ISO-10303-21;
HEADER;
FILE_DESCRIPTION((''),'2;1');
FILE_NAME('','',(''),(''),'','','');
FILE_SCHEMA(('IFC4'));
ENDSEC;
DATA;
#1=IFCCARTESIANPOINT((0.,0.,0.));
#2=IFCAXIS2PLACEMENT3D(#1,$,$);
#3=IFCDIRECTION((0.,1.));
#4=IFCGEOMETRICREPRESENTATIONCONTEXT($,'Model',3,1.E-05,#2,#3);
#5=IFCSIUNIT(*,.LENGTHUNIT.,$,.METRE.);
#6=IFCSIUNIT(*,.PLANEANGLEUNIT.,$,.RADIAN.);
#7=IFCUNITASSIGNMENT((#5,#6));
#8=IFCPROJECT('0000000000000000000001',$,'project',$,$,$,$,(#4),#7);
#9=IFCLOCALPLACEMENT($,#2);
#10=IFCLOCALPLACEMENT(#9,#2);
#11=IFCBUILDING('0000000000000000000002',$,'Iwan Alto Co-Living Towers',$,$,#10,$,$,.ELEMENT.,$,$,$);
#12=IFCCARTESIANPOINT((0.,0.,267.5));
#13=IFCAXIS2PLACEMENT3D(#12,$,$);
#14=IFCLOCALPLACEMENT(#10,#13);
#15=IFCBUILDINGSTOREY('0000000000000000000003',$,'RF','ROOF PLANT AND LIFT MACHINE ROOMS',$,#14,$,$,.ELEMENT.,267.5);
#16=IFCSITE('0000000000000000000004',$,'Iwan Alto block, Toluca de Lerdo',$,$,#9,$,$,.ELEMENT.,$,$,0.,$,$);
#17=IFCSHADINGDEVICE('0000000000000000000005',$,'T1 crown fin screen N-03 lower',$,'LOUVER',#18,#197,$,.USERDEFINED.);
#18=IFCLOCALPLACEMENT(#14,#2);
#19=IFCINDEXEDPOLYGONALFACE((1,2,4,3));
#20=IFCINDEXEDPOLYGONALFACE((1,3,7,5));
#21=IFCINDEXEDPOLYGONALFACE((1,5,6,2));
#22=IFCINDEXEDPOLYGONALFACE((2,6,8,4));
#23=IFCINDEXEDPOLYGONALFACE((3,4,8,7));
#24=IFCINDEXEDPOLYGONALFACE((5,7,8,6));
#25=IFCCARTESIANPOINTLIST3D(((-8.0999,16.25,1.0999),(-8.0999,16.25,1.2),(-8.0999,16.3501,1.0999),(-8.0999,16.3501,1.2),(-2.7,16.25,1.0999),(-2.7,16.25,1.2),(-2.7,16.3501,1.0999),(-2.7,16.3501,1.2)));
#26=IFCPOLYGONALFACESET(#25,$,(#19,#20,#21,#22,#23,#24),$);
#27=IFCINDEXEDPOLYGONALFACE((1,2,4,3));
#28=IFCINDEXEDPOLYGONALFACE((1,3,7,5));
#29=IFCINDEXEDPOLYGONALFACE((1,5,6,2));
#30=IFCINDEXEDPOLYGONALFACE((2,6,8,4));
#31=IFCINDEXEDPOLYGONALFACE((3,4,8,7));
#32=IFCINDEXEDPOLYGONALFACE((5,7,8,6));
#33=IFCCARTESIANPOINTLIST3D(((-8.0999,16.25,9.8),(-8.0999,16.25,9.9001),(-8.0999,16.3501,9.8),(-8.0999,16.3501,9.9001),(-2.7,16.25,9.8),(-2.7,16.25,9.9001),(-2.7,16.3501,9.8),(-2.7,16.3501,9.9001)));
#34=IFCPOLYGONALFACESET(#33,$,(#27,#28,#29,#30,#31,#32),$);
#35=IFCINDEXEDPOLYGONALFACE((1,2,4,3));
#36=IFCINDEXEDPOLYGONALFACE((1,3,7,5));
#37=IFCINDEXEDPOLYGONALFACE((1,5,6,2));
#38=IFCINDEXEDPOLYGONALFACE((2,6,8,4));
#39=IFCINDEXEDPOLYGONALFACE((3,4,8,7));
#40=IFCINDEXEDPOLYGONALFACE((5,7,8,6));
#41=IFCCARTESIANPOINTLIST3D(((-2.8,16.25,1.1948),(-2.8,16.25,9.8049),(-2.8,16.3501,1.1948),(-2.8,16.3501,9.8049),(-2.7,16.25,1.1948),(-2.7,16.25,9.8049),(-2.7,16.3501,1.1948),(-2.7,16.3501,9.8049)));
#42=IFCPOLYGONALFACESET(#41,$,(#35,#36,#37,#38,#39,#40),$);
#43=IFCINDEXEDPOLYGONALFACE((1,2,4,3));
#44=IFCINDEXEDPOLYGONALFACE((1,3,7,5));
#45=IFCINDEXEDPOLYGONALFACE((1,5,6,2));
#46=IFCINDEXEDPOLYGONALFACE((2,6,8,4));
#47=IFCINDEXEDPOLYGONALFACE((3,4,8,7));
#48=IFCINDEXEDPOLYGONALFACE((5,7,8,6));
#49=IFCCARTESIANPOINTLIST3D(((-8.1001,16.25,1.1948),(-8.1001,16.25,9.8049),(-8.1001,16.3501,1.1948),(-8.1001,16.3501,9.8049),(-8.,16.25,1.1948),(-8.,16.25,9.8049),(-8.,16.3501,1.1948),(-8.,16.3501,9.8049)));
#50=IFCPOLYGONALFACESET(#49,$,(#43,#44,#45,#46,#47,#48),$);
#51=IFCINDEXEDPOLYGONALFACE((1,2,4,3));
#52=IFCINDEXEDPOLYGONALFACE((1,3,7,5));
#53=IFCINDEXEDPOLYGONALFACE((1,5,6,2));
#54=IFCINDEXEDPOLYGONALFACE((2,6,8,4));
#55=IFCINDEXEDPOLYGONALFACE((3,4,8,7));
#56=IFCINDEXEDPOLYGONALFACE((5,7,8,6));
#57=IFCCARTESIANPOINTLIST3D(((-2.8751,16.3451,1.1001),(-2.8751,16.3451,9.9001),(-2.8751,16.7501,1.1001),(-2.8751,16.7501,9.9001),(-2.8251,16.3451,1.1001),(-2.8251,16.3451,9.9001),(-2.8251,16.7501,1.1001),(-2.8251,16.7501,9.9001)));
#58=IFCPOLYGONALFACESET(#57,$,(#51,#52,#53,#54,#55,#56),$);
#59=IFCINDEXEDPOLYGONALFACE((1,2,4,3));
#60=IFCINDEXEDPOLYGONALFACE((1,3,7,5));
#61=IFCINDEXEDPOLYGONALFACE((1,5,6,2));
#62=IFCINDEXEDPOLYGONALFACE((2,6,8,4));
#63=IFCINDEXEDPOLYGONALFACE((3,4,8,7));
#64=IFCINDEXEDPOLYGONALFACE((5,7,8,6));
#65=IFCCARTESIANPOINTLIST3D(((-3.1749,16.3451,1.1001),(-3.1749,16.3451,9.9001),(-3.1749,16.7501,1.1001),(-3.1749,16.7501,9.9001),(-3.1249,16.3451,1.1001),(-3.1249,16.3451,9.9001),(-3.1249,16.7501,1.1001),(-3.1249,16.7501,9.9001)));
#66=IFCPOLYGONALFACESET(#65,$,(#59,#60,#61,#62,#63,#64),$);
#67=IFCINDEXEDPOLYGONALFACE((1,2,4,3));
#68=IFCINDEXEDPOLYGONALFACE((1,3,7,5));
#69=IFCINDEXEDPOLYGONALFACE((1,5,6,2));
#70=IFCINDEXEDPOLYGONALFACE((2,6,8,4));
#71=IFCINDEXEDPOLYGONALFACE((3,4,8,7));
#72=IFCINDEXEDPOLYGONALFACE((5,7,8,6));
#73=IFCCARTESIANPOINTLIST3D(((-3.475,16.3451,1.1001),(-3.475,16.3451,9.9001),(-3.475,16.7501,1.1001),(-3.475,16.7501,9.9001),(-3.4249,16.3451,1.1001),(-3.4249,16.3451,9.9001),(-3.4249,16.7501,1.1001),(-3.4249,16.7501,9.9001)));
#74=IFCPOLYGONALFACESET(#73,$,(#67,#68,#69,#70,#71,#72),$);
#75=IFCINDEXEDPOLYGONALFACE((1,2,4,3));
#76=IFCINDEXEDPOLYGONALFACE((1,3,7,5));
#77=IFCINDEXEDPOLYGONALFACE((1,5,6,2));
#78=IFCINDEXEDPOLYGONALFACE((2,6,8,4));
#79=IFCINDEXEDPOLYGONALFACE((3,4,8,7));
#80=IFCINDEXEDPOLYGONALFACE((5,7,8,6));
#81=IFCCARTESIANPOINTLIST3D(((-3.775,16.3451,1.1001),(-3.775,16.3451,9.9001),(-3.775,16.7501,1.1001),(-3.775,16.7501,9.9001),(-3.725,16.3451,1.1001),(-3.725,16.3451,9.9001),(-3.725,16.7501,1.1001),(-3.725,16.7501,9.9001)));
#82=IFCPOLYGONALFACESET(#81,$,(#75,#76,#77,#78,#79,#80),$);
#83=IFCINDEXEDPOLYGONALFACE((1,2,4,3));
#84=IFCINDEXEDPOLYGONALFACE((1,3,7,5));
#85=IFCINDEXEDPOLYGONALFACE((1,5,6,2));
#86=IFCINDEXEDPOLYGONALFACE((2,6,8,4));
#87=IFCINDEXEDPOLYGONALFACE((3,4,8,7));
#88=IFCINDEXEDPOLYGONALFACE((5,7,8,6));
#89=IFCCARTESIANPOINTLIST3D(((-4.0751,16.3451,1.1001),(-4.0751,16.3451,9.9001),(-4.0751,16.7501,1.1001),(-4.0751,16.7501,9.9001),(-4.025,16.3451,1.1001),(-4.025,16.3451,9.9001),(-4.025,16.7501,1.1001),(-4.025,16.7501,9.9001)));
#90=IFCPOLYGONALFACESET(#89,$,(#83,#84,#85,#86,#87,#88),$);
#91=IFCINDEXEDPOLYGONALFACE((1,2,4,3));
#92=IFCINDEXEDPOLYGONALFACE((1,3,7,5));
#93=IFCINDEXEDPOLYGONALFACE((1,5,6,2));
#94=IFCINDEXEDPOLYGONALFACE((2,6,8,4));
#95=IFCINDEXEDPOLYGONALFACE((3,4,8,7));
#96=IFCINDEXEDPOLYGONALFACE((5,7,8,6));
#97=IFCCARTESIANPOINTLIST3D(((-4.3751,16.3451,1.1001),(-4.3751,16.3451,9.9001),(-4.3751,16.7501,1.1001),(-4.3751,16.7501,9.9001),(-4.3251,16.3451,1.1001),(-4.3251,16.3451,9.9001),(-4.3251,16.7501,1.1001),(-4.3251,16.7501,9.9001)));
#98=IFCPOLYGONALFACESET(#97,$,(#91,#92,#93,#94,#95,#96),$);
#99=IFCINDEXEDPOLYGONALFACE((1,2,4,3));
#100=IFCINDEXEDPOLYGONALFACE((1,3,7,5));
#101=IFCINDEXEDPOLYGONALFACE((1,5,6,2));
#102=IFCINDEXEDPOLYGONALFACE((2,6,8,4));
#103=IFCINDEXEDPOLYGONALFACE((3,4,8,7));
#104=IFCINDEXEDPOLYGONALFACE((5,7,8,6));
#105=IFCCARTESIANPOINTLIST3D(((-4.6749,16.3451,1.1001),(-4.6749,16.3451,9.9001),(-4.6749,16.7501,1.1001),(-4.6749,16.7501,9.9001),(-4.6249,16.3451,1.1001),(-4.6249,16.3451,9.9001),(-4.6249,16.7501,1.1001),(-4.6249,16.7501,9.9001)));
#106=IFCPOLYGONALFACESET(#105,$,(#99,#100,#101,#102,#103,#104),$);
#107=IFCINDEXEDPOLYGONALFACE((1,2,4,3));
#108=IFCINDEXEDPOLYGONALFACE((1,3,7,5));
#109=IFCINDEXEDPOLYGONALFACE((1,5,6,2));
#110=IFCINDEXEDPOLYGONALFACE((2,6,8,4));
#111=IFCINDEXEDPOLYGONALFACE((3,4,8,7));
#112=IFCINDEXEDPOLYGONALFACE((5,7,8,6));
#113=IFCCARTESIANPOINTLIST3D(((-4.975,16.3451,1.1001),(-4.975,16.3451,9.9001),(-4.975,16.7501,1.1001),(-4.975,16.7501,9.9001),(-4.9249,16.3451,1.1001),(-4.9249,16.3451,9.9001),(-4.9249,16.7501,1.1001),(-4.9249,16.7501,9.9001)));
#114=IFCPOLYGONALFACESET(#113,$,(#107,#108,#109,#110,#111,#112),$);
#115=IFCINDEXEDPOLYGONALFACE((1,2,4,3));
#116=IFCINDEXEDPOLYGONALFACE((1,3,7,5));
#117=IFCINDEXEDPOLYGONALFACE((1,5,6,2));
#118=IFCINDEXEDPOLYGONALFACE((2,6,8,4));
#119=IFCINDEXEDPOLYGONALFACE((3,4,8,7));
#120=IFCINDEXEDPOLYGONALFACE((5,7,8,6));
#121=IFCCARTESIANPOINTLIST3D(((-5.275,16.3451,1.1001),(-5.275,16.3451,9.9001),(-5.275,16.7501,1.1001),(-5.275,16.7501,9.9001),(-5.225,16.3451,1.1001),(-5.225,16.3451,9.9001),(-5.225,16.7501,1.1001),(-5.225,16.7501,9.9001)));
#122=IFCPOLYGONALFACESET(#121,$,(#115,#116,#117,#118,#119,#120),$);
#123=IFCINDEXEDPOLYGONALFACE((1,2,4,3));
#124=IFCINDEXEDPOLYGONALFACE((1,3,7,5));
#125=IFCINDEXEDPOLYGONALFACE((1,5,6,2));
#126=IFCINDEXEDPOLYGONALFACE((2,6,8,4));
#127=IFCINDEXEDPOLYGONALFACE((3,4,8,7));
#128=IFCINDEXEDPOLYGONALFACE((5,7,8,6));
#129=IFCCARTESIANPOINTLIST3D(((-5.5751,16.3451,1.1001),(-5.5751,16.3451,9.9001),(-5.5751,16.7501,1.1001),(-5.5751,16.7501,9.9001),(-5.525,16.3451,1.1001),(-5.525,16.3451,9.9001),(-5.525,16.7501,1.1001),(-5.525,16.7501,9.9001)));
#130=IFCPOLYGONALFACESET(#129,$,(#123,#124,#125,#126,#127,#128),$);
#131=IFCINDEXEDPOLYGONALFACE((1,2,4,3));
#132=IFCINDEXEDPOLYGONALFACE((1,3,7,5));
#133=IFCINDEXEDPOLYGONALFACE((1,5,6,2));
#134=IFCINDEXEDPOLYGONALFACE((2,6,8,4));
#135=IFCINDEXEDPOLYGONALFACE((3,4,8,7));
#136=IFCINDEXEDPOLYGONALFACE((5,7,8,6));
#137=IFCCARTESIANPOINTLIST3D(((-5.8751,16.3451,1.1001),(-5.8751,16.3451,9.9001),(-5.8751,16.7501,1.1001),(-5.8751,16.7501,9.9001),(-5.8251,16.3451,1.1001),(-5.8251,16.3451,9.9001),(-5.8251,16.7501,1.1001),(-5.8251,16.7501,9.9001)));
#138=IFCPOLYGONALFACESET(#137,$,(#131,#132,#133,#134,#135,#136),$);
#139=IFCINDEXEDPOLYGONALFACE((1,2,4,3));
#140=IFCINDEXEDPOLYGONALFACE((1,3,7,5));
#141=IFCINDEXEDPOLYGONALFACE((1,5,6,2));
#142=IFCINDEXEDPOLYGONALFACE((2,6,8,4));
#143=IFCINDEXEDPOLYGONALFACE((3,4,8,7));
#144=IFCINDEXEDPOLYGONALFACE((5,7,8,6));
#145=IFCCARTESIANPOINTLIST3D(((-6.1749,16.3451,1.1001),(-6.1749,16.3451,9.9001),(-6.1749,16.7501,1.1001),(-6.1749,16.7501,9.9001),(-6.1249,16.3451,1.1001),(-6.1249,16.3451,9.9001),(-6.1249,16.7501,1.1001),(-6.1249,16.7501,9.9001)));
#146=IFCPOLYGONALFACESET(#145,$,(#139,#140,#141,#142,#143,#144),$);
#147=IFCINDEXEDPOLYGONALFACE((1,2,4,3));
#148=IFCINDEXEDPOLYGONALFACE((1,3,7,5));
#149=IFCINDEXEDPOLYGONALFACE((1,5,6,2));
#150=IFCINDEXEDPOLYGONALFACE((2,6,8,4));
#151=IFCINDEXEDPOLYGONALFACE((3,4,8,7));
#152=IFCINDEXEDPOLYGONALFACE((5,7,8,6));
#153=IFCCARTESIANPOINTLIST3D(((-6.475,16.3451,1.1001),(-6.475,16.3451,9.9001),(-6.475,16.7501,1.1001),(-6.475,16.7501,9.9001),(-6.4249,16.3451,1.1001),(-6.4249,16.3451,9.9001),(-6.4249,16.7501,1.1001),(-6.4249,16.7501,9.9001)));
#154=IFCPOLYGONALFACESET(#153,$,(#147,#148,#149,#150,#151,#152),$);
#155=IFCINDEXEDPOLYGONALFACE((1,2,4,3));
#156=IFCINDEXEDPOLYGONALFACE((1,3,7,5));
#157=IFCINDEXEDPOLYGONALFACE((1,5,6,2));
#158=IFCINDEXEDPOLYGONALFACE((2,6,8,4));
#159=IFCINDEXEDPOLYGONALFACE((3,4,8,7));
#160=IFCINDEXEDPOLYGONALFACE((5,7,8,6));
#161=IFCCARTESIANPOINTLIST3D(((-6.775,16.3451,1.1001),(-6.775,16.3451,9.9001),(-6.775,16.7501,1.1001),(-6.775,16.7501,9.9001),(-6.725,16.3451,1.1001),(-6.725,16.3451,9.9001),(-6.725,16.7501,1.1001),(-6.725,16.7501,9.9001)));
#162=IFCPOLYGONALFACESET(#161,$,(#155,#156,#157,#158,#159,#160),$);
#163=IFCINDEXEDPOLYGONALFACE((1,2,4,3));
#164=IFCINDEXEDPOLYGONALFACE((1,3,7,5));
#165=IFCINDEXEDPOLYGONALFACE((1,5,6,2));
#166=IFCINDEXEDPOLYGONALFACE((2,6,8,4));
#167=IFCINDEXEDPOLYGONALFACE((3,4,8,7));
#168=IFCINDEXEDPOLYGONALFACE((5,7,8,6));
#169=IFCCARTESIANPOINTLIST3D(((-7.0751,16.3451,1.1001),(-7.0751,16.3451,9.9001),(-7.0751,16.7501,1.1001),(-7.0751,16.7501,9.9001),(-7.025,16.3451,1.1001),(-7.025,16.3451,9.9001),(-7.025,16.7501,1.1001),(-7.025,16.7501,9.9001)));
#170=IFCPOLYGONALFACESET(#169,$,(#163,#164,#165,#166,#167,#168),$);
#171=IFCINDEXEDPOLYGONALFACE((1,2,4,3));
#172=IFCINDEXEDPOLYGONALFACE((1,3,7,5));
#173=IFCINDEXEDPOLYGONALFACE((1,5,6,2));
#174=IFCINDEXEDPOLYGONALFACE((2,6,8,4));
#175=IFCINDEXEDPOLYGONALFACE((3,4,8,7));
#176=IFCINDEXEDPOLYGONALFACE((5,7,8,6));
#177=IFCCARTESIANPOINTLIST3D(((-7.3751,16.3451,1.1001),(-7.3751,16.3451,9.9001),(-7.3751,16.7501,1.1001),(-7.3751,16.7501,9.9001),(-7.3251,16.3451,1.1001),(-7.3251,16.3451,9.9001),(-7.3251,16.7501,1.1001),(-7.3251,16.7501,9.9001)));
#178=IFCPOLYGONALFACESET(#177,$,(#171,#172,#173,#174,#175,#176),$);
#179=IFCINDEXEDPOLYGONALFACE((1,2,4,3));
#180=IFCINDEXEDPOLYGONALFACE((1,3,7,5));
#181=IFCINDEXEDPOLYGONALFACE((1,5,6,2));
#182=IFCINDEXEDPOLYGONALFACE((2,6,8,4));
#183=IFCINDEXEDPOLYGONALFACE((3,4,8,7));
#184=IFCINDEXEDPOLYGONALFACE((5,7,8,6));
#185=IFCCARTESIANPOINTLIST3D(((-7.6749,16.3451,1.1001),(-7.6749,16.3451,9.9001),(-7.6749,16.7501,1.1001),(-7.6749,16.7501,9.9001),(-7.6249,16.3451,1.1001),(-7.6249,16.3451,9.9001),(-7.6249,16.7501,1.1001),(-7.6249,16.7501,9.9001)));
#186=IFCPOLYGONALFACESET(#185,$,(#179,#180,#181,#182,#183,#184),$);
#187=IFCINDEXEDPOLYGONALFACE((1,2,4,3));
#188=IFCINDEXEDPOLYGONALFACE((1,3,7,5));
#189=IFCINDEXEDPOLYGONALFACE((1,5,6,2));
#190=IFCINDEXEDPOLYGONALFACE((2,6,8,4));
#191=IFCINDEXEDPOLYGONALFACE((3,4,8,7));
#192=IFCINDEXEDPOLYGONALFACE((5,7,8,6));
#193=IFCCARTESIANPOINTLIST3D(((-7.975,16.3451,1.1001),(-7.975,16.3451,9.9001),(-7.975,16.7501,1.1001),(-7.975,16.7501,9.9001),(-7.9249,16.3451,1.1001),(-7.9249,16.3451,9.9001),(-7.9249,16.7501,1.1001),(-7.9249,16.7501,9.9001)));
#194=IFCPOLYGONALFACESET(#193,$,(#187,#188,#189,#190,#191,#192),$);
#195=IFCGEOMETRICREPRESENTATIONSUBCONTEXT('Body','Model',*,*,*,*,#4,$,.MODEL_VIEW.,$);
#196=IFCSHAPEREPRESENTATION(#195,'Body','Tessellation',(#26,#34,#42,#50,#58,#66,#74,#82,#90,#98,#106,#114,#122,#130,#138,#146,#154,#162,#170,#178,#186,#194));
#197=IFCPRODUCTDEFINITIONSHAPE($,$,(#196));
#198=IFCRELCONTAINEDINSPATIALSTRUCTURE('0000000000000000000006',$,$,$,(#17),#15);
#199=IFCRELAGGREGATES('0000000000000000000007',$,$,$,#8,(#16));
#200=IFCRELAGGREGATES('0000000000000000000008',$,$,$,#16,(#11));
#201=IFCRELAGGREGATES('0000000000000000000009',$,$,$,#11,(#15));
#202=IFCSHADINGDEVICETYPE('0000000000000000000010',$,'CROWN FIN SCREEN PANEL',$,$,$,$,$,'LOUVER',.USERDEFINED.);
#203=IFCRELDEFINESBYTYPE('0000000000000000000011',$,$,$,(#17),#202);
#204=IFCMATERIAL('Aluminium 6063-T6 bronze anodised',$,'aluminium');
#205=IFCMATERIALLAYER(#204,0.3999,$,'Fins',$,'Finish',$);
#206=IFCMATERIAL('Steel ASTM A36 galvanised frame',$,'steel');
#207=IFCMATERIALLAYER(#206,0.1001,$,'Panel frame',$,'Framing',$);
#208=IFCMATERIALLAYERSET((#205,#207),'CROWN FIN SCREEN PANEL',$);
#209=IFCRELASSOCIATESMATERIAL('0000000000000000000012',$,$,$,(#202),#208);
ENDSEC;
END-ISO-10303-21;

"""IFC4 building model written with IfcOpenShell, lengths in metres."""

from ifc_helpers import new_model, si_unit, direction, frame, origin, origin_2d, place, context, subcontext, project, spatial, rectangle, extrude, material, layer, layer_set, type_object, element, save


model = new_model("IFC4")

# Units and contexts
model_context = context("Model", 3, precision=1e-05, world=origin(), true_north=direction((0.0, 1.0)))
body_context = subcontext(model_context, "Body", "Model", "MODEL_VIEW")
ifc_project = project(units=[si_unit("LENGTHUNIT", "METRE"), si_unit("PLANEANGLEUNIT", "RADIAN")], contexts=[model_context])

# Site, building, storey
site_placement = place(None, origin())
site = spatial("IfcSite", under=ifc_project, at=site_placement, Name="Iwan Alto block, Toluca de Lerdo", CompositionType="ELEMENT", RefElevation=0.0)
building_placement = place(site_placement, origin())
building = spatial("IfcBuilding", under=site, at=building_placement, Name="Iwan Alto Co-Living Towers", CompositionType="ELEMENT")
storey_placement = place(building_placement, frame((0.0, 0.0, 267.5)))
storey = spatial("IfcBuildingStorey", under=building, at=storey_placement, Name="RF", Description="ROOF PLANT AND LIFT MACHINE ROOMS", CompositionType="ELEMENT", Elevation=267.5)

# Shading device
ifc_material_1 = material(Name="Aluminium 6063-T6 bronze anodised", Category="aluminium")
ifc_layer_1 = layer(ifc_material_1, 0.3999, Name="Fins", Category="Finish")
ifc_material_2 = material(Name="Steel ASTM A36 galvanised frame", Category="steel")
ifc_layer_2 = layer(ifc_material_2, 0.1001, Name="Panel frame", Category="Framing")
ifc_layer_set = layer_set([ifc_layer_1, ifc_layer_2], Name="CROWN FIN SCREEN PANEL")
shading_device_type = type_object("IfcShadingDeviceType", Name="CROWN FIN SCREEN PANEL", ElementType="LOUVER", PredefinedType="USERDEFINED", material=ifc_layer_set)
shading_device_1_placement = place(storey_placement, frame((0.0, 0.0, -267.5)))
element("IfcShadingDevice", 1, at=shading_device_1_placement, inside=storey, type_object=shading_device_type, Name="T1 crown fin screen N-03 lower", ObjectType="LOUVER", PredefinedType="USERDEFINED", context=body_context, shape_type="SweptSolid", body=[
    extrude(rectangle(XDim=5.3999, YDim=0.1001, at=origin_2d()), frame((-5.3999, 16.3, 268.5999), z_axis=(0.0, 0.0, 1.0), x_axis=(-1.0, 0.0, 0.0)), (0.0, 0.0, 1.0), 0.1001),
    extrude(rectangle(XDim=5.3999, YDim=0.1001, at=origin_2d()), frame((-5.3999, 16.3, 277.3), z_axis=(0.0, 0.0, 1.0), x_axis=(-1.0, 0.0, 0.0)), (0.0, 0.0, 1.0), 0.1001),
    extrude(rectangle(XDim=0.1001, YDim=0.1001, at=origin_2d()), frame((-2.75, 16.3, 268.6948), z_axis=(0.0, 0.0, 1.0), x_axis=(-1.0, 0.0, 0.0)), (0.0, 0.0, 1.0), 8.6101),
    extrude(rectangle(XDim=0.1001, YDim=0.1001, at=origin_2d()), frame((-8.05, 16.3, 268.6948), z_axis=(0.0, 0.0, 1.0), x_axis=(-1.0, 0.0, 0.0)), (0.0, 0.0, 1.0), 8.6101),
    extrude(rectangle(XDim=0.05, YDim=0.405, at=origin_2d()), frame((-2.8501, 16.5476, 268.6001), z_axis=(0.0, 0.0, 1.0), x_axis=(-1.0, 0.0, 0.0)), (0.0, 0.0, 1.0), 8.8),
    extrude(rectangle(XDim=0.05, YDim=0.405, at=origin_2d()), frame((-3.1499, 16.5476, 268.6001), z_axis=(0.0, 0.0, 1.0), x_axis=(-1.0, 0.0, 0.0)), (0.0, 0.0, 1.0), 8.8),
    extrude(rectangle(XDim=0.05, YDim=0.405, at=origin_2d()), frame((-3.45, 16.5476, 268.6001), z_axis=(0.0, 0.0, 1.0), x_axis=(-1.0, 0.0, 0.0)), (0.0, 0.0, 1.0), 8.8),
    extrude(rectangle(XDim=0.05, YDim=0.405, at=origin_2d()), frame((-3.75, 16.5476, 268.6001), z_axis=(0.0, 0.0, 1.0), x_axis=(-1.0, 0.0, 0.0)), (0.0, 0.0, 1.0), 8.8),
    extrude(rectangle(XDim=0.05, YDim=0.405, at=origin_2d()), frame((-4.05, 16.5476, 268.6001), z_axis=(0.0, 0.0, 1.0), x_axis=(-1.0, 0.0, 0.0)), (0.0, 0.0, 1.0), 8.8),
    extrude(rectangle(XDim=0.05, YDim=0.405, at=origin_2d()), frame((-4.3501, 16.5476, 268.6001), z_axis=(0.0, 0.0, 1.0), x_axis=(-1.0, 0.0, 0.0)), (0.0, 0.0, 1.0), 8.8),
    extrude(rectangle(XDim=0.05, YDim=0.405, at=origin_2d()), frame((-4.6499, 16.5476, 268.6001), z_axis=(0.0, 0.0, 1.0), x_axis=(-1.0, 0.0, 0.0)), (0.0, 0.0, 1.0), 8.8),
    extrude(rectangle(XDim=0.05, YDim=0.405, at=origin_2d()), frame((-4.95, 16.5476, 268.6001), z_axis=(0.0, 0.0, 1.0), x_axis=(-1.0, 0.0, 0.0)), (0.0, 0.0, 1.0), 8.8),
    extrude(rectangle(XDim=0.05, YDim=0.405, at=origin_2d()), frame((-5.25, 16.5476, 268.6001), z_axis=(0.0, 0.0, 1.0), x_axis=(-1.0, 0.0, 0.0)), (0.0, 0.0, 1.0), 8.8),
    extrude(rectangle(XDim=0.05, YDim=0.405, at=origin_2d()), frame((-5.55, 16.5476, 268.6001), z_axis=(0.0, 0.0, 1.0), x_axis=(-1.0, 0.0, 0.0)), (0.0, 0.0, 1.0), 8.8),
    extrude(rectangle(XDim=0.05, YDim=0.405, at=origin_2d()), frame((-5.8501, 16.5476, 268.6001), z_axis=(0.0, 0.0, 1.0), x_axis=(-1.0, 0.0, 0.0)), (0.0, 0.0, 1.0), 8.8),
    extrude(rectangle(XDim=0.05, YDim=0.405, at=origin_2d()), frame((-6.1499, 16.5476, 268.6001), z_axis=(0.0, 0.0, 1.0), x_axis=(-1.0, 0.0, 0.0)), (0.0, 0.0, 1.0), 8.8),
    extrude(rectangle(XDim=0.05, YDim=0.405, at=origin_2d()), frame((-6.45, 16.5476, 268.6001), z_axis=(0.0, 0.0, 1.0), x_axis=(-1.0, 0.0, 0.0)), (0.0, 0.0, 1.0), 8.8),
    extrude(rectangle(XDim=0.05, YDim=0.405, at=origin_2d()), frame((-6.75, 16.5476, 268.6001), z_axis=(0.0, 0.0, 1.0), x_axis=(-1.0, 0.0, 0.0)), (0.0, 0.0, 1.0), 8.8),
    extrude(rectangle(XDim=0.05, YDim=0.405, at=origin_2d()), frame((-7.05, 16.5476, 268.6001), z_axis=(0.0, 0.0, 1.0), x_axis=(-1.0, 0.0, 0.0)), (0.0, 0.0, 1.0), 8.8),
    extrude(rectangle(XDim=0.05, YDim=0.405, at=origin_2d()), frame((-7.3501, 16.5476, 268.6001), z_axis=(0.0, 0.0, 1.0), x_axis=(-1.0, 0.0, 0.0)), (0.0, 0.0, 1.0), 8.8),
    extrude(rectangle(XDim=0.05, YDim=0.405, at=origin_2d()), frame((-7.6499, 16.5476, 268.6001), z_axis=(0.0, 0.0, 1.0), x_axis=(-1.0, 0.0, 0.0)), (0.0, 0.0, 1.0), 8.8),
    extrude(rectangle(XDim=0.05, YDim=0.405, at=origin_2d()), frame((-7.95, 16.5476, 268.6001), z_axis=(0.0, 0.0, 1.0), x_axis=(-1.0, 0.0, 0.0)), (0.0, 0.0, 1.0), 8.8),
])

save(model, "model.ifc")
